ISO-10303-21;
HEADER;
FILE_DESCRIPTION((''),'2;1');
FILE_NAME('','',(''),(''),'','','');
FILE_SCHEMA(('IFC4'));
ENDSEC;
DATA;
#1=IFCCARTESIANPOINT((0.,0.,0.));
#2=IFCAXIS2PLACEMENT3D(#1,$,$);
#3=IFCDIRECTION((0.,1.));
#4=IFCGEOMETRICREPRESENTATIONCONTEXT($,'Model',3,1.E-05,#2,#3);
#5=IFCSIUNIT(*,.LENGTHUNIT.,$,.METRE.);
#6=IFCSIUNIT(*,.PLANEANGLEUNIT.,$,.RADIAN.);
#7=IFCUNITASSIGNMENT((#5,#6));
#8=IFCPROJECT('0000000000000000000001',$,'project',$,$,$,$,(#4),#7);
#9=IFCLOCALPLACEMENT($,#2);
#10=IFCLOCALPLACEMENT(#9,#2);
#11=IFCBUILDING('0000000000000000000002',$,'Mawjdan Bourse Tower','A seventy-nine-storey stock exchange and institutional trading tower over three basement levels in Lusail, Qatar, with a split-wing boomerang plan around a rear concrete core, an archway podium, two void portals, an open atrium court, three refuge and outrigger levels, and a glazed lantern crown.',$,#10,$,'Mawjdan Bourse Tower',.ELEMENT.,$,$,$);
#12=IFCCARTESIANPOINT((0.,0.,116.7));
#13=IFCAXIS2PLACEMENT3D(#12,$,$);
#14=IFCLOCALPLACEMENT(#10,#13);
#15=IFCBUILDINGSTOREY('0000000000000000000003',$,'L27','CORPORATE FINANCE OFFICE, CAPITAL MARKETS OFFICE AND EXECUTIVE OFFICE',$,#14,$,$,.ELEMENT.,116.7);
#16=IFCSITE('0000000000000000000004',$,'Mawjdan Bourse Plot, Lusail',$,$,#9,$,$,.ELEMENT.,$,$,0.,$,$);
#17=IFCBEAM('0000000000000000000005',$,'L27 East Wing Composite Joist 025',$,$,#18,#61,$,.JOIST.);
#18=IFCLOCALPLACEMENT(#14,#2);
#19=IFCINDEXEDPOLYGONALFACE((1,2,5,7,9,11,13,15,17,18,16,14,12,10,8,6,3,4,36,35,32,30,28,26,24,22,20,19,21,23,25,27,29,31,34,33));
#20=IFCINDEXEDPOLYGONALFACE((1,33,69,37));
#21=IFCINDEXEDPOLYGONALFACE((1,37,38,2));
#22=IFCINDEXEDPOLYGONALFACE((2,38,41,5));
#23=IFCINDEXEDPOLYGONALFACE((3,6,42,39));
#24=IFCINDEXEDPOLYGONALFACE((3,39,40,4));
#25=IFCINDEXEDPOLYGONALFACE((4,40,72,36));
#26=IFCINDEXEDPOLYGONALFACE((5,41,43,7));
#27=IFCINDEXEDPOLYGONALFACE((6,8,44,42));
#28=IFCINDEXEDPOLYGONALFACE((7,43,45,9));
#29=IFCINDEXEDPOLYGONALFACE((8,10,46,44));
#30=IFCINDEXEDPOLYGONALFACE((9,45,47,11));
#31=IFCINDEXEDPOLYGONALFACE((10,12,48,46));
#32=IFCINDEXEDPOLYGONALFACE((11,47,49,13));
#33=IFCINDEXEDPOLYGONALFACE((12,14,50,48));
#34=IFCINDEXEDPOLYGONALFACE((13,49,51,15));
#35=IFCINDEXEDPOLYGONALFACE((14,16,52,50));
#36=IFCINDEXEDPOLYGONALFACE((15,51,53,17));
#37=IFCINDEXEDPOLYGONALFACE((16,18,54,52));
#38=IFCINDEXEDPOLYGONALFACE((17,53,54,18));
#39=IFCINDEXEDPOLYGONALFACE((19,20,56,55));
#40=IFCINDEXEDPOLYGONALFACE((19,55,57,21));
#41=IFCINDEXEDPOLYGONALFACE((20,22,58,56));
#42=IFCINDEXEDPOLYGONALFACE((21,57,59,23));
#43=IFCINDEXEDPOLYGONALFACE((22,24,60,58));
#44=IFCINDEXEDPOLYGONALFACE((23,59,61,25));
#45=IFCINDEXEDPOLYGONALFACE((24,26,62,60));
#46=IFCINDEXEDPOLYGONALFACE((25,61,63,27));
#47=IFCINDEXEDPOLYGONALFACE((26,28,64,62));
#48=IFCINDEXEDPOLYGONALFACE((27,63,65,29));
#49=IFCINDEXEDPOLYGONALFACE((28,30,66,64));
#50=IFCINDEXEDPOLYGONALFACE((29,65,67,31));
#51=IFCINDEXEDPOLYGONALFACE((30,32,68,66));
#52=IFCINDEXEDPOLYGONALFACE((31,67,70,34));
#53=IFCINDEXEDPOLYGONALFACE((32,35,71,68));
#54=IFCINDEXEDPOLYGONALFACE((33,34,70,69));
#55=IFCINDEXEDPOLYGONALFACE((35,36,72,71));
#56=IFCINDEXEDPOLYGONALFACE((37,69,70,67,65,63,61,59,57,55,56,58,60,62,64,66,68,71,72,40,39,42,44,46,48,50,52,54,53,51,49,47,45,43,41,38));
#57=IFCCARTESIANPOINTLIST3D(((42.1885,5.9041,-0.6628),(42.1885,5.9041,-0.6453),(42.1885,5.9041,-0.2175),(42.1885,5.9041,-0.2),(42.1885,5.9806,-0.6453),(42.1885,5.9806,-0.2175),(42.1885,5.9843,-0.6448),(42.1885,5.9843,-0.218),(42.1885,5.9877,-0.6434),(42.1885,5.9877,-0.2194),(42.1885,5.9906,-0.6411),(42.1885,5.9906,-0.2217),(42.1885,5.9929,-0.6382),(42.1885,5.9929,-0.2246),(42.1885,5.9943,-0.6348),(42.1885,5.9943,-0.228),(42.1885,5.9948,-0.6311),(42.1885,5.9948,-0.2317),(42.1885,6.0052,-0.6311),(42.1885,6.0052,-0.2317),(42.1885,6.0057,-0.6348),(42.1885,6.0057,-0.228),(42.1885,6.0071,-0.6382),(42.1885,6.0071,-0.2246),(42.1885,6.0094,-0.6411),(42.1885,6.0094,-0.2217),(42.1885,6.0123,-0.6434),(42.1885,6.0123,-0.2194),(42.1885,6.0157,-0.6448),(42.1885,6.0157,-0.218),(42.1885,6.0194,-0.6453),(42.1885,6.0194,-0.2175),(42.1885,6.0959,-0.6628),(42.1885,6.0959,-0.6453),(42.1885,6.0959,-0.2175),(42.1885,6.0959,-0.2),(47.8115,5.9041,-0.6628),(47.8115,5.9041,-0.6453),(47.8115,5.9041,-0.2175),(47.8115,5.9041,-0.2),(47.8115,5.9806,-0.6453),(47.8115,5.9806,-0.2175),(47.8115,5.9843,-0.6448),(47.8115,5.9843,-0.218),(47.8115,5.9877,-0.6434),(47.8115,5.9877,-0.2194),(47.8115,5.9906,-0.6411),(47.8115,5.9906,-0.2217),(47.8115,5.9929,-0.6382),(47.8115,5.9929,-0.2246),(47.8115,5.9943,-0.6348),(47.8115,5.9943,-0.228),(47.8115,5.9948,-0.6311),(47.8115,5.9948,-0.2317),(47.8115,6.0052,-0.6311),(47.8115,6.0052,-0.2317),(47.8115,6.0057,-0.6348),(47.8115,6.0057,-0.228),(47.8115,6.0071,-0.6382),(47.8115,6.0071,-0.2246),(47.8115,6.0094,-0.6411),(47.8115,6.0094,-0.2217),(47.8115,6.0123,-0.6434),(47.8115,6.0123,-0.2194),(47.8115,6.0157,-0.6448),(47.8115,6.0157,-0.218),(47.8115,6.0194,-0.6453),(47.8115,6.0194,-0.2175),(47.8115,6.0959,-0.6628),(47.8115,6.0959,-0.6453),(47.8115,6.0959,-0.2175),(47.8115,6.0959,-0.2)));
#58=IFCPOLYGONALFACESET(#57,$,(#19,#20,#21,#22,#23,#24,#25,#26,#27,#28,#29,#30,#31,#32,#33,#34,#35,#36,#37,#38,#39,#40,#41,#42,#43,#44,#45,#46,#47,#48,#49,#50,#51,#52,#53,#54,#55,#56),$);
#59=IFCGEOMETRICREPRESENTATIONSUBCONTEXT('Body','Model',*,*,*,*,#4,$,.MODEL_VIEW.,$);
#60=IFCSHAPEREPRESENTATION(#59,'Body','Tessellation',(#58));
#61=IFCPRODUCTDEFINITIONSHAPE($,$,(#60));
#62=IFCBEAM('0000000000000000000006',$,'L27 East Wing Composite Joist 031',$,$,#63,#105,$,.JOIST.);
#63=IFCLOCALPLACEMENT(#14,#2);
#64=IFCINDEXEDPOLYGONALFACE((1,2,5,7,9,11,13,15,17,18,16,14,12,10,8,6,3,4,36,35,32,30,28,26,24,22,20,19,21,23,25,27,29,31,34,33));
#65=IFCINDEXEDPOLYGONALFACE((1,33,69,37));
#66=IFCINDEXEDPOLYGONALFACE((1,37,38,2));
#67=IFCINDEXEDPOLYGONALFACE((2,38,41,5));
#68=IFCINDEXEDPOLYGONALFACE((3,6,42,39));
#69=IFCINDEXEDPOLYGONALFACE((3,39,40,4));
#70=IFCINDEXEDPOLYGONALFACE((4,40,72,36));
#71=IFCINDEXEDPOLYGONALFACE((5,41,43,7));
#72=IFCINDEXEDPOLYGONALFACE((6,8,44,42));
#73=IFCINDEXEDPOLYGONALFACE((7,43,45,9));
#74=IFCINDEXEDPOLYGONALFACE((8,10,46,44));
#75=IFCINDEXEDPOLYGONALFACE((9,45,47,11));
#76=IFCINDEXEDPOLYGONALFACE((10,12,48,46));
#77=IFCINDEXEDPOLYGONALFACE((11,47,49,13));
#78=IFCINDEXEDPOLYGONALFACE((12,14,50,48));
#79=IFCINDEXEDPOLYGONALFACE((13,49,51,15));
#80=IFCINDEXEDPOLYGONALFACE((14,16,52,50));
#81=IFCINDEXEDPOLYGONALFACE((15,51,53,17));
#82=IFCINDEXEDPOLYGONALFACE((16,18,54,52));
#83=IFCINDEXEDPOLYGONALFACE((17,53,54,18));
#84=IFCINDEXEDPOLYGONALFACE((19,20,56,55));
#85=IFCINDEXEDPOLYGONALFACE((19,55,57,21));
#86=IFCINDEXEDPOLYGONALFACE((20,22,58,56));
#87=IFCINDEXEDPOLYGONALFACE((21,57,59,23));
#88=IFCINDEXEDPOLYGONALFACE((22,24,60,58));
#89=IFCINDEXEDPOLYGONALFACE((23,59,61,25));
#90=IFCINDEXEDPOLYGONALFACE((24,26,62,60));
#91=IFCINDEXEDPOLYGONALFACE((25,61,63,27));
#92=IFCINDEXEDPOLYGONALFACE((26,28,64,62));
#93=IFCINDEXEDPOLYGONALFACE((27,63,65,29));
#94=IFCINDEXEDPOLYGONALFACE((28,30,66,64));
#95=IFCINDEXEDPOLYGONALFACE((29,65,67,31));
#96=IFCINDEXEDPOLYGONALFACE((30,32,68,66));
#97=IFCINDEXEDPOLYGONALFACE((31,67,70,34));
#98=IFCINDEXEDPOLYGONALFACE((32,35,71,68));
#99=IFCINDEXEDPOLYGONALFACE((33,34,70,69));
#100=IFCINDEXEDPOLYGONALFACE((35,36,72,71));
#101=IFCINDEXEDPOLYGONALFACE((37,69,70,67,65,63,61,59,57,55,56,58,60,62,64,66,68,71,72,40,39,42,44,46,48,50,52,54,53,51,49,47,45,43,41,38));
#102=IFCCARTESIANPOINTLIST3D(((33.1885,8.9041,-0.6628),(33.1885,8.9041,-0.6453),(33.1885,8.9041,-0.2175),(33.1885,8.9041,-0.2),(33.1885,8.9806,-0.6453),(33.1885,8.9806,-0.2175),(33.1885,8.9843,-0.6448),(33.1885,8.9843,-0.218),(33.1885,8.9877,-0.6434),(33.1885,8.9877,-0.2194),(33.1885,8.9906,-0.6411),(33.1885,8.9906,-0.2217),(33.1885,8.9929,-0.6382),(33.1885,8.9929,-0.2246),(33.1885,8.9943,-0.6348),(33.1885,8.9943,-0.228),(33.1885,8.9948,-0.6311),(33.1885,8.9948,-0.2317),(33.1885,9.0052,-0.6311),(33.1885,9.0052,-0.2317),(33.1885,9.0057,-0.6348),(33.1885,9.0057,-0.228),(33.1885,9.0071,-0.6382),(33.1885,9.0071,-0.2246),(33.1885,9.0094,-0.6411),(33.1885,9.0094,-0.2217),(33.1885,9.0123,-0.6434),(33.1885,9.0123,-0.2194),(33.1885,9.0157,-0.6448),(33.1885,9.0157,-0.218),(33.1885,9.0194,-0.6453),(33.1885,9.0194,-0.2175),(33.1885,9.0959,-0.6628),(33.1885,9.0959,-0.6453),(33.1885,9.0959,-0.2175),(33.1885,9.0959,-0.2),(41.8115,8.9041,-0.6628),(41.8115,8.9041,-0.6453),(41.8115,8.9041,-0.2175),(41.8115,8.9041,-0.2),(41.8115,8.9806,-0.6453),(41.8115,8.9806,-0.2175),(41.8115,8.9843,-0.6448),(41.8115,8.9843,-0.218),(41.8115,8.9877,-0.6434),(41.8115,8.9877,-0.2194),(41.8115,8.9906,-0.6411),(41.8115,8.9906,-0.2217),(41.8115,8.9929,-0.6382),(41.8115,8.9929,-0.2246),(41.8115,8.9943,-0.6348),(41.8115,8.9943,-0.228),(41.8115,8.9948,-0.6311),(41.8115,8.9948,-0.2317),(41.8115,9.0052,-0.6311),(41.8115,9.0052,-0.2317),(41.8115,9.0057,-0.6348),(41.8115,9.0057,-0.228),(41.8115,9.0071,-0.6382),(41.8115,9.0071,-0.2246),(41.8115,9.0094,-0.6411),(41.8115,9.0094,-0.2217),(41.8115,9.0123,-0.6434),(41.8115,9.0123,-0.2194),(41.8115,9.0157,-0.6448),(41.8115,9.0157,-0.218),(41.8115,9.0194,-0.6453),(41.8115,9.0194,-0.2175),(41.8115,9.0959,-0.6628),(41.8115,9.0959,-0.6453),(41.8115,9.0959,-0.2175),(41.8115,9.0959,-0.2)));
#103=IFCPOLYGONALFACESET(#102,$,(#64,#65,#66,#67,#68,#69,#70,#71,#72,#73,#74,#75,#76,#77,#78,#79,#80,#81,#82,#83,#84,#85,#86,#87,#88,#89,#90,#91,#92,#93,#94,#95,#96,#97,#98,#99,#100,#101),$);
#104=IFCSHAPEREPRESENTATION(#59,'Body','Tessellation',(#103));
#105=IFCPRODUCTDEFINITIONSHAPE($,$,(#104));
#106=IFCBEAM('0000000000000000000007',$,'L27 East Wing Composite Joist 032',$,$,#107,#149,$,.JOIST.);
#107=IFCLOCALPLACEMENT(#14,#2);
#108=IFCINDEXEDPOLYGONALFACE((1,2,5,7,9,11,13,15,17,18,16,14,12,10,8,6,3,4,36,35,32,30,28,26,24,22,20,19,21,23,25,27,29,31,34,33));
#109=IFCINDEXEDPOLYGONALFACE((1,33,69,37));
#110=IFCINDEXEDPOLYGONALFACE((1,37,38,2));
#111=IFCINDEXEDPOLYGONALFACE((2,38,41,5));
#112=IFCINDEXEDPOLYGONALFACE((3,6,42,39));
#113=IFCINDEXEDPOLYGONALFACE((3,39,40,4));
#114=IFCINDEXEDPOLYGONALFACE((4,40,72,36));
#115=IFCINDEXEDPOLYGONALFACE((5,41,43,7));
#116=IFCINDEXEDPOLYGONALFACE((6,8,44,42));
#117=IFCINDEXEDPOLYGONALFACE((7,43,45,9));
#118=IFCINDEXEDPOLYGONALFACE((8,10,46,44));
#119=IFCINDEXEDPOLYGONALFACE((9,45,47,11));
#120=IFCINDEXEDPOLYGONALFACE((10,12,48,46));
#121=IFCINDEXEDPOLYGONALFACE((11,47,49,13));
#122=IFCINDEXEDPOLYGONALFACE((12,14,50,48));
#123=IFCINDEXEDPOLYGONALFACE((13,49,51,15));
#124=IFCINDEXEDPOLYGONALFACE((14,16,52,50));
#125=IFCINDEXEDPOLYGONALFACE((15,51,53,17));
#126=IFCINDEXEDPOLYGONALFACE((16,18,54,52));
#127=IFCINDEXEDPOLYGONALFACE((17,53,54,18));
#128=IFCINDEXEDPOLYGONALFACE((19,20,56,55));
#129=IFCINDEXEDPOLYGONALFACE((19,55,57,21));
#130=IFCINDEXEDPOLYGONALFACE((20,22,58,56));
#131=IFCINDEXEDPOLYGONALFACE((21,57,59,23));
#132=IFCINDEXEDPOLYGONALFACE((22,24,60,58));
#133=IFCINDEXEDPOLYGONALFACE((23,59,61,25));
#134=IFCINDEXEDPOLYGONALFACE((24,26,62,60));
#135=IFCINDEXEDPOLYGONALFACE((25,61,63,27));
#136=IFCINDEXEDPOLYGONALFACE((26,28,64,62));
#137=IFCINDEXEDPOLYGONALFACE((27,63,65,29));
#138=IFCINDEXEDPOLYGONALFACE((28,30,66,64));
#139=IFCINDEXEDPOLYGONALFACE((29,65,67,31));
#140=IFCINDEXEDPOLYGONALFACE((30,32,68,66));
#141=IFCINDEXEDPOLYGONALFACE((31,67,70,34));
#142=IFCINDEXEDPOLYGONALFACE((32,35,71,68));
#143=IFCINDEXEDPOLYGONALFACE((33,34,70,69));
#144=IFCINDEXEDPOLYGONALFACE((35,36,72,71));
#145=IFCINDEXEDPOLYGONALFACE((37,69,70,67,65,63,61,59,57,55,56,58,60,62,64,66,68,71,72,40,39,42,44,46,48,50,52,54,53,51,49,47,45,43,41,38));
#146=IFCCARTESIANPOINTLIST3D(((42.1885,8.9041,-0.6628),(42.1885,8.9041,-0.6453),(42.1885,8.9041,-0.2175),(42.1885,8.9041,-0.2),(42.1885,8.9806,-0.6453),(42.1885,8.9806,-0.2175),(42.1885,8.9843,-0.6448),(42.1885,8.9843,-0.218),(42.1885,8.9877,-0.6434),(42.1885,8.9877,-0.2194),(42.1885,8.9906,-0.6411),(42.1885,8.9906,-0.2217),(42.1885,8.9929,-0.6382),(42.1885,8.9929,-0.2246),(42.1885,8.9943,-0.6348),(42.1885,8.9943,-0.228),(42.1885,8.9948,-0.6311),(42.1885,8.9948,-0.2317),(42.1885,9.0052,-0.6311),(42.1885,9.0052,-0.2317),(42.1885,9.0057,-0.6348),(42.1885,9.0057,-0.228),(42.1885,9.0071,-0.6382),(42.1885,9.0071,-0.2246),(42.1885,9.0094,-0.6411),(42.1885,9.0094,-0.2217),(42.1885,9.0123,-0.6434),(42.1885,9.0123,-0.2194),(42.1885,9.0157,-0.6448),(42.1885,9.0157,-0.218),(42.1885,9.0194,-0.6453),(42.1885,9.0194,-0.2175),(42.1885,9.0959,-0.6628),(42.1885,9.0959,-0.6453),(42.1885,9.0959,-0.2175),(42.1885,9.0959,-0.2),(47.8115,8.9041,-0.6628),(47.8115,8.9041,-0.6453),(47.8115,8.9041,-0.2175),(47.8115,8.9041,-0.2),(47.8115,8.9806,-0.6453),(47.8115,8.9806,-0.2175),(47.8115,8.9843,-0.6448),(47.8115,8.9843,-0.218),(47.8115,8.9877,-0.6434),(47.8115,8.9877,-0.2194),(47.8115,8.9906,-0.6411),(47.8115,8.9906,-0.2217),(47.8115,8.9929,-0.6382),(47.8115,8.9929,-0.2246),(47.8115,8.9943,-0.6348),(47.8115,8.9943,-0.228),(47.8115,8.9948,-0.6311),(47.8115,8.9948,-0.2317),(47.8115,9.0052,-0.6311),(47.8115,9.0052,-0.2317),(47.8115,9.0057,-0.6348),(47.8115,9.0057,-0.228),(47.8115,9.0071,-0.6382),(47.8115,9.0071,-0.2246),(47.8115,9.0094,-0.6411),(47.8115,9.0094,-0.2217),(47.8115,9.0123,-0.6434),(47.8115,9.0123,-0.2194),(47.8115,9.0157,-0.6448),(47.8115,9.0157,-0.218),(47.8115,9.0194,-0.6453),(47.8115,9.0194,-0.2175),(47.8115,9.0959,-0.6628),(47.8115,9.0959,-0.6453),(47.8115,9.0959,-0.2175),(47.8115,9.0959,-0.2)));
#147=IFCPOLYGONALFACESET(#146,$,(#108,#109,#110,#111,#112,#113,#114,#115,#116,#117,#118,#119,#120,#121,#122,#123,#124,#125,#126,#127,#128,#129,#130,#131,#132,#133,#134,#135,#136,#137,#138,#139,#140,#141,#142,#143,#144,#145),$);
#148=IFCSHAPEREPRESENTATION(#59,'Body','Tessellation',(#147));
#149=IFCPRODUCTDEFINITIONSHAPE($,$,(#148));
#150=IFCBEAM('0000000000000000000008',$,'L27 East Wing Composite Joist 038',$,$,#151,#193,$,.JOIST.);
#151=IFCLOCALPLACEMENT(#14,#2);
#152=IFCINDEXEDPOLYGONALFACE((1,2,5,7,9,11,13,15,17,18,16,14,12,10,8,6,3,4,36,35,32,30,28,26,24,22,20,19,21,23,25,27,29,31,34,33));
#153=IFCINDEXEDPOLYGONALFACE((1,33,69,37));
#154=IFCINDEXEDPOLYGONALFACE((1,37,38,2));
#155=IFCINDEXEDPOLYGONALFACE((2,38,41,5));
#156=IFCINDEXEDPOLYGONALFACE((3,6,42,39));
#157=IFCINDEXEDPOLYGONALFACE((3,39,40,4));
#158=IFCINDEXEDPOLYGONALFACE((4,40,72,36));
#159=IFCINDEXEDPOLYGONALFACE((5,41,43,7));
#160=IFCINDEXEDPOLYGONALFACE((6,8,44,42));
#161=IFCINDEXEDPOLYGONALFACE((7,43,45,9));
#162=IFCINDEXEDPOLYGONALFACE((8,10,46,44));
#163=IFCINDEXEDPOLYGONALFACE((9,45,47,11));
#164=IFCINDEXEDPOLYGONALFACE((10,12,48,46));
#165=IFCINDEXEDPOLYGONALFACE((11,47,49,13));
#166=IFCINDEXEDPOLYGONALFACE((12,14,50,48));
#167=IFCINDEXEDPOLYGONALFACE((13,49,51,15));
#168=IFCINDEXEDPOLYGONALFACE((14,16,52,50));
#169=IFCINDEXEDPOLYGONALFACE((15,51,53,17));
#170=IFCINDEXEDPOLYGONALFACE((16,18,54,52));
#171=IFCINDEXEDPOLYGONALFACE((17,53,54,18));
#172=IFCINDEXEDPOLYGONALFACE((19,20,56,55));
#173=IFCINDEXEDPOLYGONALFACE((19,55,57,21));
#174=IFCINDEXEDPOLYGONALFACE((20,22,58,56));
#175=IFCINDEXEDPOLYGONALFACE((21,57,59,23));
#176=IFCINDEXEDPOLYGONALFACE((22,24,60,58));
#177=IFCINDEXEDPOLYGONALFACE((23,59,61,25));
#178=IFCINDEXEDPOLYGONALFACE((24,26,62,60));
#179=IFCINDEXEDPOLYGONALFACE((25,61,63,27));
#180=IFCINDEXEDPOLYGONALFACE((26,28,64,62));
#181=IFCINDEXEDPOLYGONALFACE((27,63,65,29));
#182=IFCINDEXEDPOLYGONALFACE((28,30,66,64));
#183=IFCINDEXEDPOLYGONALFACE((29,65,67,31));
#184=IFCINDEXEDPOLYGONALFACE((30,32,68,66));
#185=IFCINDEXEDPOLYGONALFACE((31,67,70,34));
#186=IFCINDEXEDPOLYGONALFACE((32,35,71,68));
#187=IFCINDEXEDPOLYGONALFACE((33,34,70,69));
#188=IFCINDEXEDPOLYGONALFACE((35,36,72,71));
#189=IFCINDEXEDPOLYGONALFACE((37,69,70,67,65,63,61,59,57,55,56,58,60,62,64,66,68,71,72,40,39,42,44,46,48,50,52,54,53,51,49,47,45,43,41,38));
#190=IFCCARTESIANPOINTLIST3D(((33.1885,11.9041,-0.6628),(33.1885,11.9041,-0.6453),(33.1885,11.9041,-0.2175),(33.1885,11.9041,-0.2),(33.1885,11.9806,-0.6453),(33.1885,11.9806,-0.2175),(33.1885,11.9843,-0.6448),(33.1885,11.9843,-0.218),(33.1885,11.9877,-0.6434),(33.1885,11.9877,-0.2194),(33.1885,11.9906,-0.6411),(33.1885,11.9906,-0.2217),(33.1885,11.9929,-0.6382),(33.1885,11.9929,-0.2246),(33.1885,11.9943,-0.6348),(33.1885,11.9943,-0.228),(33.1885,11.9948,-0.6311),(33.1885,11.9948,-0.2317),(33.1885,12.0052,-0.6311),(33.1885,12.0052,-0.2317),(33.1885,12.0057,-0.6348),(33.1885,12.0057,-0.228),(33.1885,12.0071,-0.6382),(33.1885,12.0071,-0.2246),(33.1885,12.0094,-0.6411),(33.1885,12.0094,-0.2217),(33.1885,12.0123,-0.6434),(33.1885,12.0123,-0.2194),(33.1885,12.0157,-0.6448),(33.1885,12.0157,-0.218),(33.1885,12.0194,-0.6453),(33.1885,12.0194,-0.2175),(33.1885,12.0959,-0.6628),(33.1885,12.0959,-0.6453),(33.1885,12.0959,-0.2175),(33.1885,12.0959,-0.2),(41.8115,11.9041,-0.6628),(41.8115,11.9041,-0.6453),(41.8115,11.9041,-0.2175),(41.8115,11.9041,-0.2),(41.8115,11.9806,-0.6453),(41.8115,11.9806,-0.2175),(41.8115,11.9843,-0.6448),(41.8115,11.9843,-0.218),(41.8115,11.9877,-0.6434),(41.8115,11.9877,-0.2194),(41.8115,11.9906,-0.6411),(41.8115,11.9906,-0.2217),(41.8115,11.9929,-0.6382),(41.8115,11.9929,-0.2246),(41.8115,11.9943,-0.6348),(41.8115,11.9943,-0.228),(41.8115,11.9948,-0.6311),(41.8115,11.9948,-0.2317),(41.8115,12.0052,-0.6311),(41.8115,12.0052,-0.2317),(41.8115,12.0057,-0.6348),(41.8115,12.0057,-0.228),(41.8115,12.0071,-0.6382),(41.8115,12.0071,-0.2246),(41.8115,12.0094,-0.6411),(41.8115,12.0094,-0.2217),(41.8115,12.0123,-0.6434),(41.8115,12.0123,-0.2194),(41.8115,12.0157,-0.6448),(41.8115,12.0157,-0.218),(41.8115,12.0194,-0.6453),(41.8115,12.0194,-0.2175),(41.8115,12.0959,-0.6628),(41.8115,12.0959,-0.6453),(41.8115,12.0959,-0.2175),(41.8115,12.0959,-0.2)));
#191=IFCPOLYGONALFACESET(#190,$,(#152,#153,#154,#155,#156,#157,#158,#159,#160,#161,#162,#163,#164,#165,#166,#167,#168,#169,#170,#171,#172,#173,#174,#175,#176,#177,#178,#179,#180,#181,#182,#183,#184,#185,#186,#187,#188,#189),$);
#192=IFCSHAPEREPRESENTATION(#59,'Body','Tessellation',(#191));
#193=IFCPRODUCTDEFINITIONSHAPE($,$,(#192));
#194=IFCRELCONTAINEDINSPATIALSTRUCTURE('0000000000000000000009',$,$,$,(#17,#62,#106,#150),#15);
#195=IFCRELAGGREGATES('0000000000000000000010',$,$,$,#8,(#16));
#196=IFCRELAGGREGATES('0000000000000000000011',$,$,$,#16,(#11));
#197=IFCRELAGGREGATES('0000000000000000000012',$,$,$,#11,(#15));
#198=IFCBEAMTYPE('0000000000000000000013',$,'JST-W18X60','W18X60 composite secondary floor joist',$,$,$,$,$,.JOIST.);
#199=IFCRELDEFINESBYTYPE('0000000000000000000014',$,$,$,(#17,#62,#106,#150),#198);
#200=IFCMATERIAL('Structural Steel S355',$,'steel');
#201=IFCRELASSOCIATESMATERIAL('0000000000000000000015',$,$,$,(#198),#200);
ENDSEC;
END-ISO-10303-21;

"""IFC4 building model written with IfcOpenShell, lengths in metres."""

from ifc_helpers import new_model, si_unit, direction, frame, origin, origin_2d, place, context, subcontext, project, spatial, i_section, extrude, material, material_profile, profile_set, type_object, element, save


model = new_model("IFC4")

# Units and contexts
model_context = context("Model", 3, precision=1e-05, world=origin(), true_north=direction((0.0, 1.0)))
body_context = subcontext(model_context, "Body", "Model", "MODEL_VIEW")
ifc_project = project(units=[si_unit("LENGTHUNIT", "METRE"), si_unit("PLANEANGLEUNIT", "RADIAN")], contexts=[model_context])

# Site, building, storey
site_placement = place(None, origin())
site = spatial("IfcSite", under=ifc_project, at=site_placement, Name="Mawjdan Bourse Plot, Lusail", CompositionType="ELEMENT", RefElevation=0.0)
building_placement = place(site_placement, origin())
building = spatial("IfcBuilding", under=site, at=building_placement, Name="Mawjdan Bourse Tower", Description="A seventy-nine-storey stock exchange and institutional trading tower over three basement levels in Lusail, Qatar, with a split-wing boomerang plan around a rear concrete core, an archway podium, two void portals, an open atrium court, three refuge and outrigger levels, and a glazed lantern crown.", LongName="Mawjdan Bourse Tower", CompositionType="ELEMENT")
storey_placement = place(building_placement, frame((0.0, 0.0, 116.7)))
storey = spatial("IfcBuildingStorey", under=building, at=storey_placement, Name="L27", Description="CORPORATE FINANCE OFFICE, CAPITAL MARKETS OFFICE AND EXECUTIVE OFFICE", CompositionType="ELEMENT", Elevation=116.7)

# Beams
ifc_material_1 = material(Name="Structural Steel S355", Category="steel")
ifc_material_profile_1 = material_profile(ifc_material_1, i_section(OverallWidth=0.1919, OverallDepth=0.4629, WebThickness=0.0105, FlangeThickness=0.0176, FilletRadius=0.0142, at=origin_2d()), Name="W18X60")
ifc_profile_set_1 = profile_set([ifc_material_profile_1], Name="Structural Steel S355")
beam_type_1 = type_object("IfcBeamType", Name="JST-W18X60", Description="W18X60 composite secondary floor joist", PredefinedType="JOIST", material=ifc_profile_set_1)
beam_1_placement = place(storey_placement, frame((42.1885, 6.0, -0.4314), z_axis=(1.0, 0.0, 0.0), x_axis=(0.0, 1.0, 0.0)))
element("IfcBeam", 1, at=beam_1_placement, inside=storey, type_object=beam_type_1, Name="L27 East Wing Composite Joist 025", PredefinedType="JOIST", context=body_context, shape_type="SweptSolid", body=[
    extrude(i_section(OverallWidth=0.1919, OverallDepth=0.4629, WebThickness=0.0105, FlangeThickness=0.0176, FilletRadius=0.0142, at=origin_2d()), origin(), (0.0, 0.0, 1.0), 5.623),
])
beam_2_placement = place(storey_placement, frame((33.1885, 9.0, -0.4314), z_axis=(1.0, 0.0, 0.0), x_axis=(0.0, 1.0, 0.0)))
element("IfcBeam", 2, at=beam_2_placement, inside=storey, type_object=beam_type_1, Name="L27 East Wing Composite Joist 031", PredefinedType="JOIST", context=body_context, shape_type="SweptSolid", body=[
    extrude(i_section(OverallWidth=0.1919, OverallDepth=0.4629, WebThickness=0.0105, FlangeThickness=0.0176, FilletRadius=0.0142, at=origin_2d()), origin(), (0.0, 0.0, 1.0), 8.623),
])
beam_3_placement = place(storey_placement, frame((42.1885, 9.0, -0.4314), z_axis=(1.0, 0.0, 0.0), x_axis=(0.0, 1.0, 0.0)))
element("IfcBeam", 3, at=beam_3_placement, inside=storey, type_object=beam_type_1, Name="L27 East Wing Composite Joist 032", PredefinedType="JOIST", context=body_context, shape_type="SweptSolid", body=[
    extrude(i_section(OverallWidth=0.1919, OverallDepth=0.4629, WebThickness=0.0105, FlangeThickness=0.0176, FilletRadius=0.0142, at=origin_2d()), origin(), (0.0, 0.0, 1.0), 5.623),
])
beam_4_placement = place(storey_placement, frame((33.1885, 12.0, -0.4314), z_axis=(1.0, 0.0, 0.0), x_axis=(0.0, 1.0, 0.0)))
element("IfcBeam", 4, at=beam_4_placement, inside=storey, type_object=beam_type_1, Name="L27 East Wing Composite Joist 038", PredefinedType="JOIST", context=body_context, shape_type="SweptSolid", body=[
    extrude(i_section(OverallWidth=0.1919, OverallDepth=0.4629, WebThickness=0.0105, FlangeThickness=0.0176, FilletRadius=0.0142, at=origin_2d()), origin(), (0.0, 0.0, 1.0), 8.623),
])

save(model, "model.ifc")
